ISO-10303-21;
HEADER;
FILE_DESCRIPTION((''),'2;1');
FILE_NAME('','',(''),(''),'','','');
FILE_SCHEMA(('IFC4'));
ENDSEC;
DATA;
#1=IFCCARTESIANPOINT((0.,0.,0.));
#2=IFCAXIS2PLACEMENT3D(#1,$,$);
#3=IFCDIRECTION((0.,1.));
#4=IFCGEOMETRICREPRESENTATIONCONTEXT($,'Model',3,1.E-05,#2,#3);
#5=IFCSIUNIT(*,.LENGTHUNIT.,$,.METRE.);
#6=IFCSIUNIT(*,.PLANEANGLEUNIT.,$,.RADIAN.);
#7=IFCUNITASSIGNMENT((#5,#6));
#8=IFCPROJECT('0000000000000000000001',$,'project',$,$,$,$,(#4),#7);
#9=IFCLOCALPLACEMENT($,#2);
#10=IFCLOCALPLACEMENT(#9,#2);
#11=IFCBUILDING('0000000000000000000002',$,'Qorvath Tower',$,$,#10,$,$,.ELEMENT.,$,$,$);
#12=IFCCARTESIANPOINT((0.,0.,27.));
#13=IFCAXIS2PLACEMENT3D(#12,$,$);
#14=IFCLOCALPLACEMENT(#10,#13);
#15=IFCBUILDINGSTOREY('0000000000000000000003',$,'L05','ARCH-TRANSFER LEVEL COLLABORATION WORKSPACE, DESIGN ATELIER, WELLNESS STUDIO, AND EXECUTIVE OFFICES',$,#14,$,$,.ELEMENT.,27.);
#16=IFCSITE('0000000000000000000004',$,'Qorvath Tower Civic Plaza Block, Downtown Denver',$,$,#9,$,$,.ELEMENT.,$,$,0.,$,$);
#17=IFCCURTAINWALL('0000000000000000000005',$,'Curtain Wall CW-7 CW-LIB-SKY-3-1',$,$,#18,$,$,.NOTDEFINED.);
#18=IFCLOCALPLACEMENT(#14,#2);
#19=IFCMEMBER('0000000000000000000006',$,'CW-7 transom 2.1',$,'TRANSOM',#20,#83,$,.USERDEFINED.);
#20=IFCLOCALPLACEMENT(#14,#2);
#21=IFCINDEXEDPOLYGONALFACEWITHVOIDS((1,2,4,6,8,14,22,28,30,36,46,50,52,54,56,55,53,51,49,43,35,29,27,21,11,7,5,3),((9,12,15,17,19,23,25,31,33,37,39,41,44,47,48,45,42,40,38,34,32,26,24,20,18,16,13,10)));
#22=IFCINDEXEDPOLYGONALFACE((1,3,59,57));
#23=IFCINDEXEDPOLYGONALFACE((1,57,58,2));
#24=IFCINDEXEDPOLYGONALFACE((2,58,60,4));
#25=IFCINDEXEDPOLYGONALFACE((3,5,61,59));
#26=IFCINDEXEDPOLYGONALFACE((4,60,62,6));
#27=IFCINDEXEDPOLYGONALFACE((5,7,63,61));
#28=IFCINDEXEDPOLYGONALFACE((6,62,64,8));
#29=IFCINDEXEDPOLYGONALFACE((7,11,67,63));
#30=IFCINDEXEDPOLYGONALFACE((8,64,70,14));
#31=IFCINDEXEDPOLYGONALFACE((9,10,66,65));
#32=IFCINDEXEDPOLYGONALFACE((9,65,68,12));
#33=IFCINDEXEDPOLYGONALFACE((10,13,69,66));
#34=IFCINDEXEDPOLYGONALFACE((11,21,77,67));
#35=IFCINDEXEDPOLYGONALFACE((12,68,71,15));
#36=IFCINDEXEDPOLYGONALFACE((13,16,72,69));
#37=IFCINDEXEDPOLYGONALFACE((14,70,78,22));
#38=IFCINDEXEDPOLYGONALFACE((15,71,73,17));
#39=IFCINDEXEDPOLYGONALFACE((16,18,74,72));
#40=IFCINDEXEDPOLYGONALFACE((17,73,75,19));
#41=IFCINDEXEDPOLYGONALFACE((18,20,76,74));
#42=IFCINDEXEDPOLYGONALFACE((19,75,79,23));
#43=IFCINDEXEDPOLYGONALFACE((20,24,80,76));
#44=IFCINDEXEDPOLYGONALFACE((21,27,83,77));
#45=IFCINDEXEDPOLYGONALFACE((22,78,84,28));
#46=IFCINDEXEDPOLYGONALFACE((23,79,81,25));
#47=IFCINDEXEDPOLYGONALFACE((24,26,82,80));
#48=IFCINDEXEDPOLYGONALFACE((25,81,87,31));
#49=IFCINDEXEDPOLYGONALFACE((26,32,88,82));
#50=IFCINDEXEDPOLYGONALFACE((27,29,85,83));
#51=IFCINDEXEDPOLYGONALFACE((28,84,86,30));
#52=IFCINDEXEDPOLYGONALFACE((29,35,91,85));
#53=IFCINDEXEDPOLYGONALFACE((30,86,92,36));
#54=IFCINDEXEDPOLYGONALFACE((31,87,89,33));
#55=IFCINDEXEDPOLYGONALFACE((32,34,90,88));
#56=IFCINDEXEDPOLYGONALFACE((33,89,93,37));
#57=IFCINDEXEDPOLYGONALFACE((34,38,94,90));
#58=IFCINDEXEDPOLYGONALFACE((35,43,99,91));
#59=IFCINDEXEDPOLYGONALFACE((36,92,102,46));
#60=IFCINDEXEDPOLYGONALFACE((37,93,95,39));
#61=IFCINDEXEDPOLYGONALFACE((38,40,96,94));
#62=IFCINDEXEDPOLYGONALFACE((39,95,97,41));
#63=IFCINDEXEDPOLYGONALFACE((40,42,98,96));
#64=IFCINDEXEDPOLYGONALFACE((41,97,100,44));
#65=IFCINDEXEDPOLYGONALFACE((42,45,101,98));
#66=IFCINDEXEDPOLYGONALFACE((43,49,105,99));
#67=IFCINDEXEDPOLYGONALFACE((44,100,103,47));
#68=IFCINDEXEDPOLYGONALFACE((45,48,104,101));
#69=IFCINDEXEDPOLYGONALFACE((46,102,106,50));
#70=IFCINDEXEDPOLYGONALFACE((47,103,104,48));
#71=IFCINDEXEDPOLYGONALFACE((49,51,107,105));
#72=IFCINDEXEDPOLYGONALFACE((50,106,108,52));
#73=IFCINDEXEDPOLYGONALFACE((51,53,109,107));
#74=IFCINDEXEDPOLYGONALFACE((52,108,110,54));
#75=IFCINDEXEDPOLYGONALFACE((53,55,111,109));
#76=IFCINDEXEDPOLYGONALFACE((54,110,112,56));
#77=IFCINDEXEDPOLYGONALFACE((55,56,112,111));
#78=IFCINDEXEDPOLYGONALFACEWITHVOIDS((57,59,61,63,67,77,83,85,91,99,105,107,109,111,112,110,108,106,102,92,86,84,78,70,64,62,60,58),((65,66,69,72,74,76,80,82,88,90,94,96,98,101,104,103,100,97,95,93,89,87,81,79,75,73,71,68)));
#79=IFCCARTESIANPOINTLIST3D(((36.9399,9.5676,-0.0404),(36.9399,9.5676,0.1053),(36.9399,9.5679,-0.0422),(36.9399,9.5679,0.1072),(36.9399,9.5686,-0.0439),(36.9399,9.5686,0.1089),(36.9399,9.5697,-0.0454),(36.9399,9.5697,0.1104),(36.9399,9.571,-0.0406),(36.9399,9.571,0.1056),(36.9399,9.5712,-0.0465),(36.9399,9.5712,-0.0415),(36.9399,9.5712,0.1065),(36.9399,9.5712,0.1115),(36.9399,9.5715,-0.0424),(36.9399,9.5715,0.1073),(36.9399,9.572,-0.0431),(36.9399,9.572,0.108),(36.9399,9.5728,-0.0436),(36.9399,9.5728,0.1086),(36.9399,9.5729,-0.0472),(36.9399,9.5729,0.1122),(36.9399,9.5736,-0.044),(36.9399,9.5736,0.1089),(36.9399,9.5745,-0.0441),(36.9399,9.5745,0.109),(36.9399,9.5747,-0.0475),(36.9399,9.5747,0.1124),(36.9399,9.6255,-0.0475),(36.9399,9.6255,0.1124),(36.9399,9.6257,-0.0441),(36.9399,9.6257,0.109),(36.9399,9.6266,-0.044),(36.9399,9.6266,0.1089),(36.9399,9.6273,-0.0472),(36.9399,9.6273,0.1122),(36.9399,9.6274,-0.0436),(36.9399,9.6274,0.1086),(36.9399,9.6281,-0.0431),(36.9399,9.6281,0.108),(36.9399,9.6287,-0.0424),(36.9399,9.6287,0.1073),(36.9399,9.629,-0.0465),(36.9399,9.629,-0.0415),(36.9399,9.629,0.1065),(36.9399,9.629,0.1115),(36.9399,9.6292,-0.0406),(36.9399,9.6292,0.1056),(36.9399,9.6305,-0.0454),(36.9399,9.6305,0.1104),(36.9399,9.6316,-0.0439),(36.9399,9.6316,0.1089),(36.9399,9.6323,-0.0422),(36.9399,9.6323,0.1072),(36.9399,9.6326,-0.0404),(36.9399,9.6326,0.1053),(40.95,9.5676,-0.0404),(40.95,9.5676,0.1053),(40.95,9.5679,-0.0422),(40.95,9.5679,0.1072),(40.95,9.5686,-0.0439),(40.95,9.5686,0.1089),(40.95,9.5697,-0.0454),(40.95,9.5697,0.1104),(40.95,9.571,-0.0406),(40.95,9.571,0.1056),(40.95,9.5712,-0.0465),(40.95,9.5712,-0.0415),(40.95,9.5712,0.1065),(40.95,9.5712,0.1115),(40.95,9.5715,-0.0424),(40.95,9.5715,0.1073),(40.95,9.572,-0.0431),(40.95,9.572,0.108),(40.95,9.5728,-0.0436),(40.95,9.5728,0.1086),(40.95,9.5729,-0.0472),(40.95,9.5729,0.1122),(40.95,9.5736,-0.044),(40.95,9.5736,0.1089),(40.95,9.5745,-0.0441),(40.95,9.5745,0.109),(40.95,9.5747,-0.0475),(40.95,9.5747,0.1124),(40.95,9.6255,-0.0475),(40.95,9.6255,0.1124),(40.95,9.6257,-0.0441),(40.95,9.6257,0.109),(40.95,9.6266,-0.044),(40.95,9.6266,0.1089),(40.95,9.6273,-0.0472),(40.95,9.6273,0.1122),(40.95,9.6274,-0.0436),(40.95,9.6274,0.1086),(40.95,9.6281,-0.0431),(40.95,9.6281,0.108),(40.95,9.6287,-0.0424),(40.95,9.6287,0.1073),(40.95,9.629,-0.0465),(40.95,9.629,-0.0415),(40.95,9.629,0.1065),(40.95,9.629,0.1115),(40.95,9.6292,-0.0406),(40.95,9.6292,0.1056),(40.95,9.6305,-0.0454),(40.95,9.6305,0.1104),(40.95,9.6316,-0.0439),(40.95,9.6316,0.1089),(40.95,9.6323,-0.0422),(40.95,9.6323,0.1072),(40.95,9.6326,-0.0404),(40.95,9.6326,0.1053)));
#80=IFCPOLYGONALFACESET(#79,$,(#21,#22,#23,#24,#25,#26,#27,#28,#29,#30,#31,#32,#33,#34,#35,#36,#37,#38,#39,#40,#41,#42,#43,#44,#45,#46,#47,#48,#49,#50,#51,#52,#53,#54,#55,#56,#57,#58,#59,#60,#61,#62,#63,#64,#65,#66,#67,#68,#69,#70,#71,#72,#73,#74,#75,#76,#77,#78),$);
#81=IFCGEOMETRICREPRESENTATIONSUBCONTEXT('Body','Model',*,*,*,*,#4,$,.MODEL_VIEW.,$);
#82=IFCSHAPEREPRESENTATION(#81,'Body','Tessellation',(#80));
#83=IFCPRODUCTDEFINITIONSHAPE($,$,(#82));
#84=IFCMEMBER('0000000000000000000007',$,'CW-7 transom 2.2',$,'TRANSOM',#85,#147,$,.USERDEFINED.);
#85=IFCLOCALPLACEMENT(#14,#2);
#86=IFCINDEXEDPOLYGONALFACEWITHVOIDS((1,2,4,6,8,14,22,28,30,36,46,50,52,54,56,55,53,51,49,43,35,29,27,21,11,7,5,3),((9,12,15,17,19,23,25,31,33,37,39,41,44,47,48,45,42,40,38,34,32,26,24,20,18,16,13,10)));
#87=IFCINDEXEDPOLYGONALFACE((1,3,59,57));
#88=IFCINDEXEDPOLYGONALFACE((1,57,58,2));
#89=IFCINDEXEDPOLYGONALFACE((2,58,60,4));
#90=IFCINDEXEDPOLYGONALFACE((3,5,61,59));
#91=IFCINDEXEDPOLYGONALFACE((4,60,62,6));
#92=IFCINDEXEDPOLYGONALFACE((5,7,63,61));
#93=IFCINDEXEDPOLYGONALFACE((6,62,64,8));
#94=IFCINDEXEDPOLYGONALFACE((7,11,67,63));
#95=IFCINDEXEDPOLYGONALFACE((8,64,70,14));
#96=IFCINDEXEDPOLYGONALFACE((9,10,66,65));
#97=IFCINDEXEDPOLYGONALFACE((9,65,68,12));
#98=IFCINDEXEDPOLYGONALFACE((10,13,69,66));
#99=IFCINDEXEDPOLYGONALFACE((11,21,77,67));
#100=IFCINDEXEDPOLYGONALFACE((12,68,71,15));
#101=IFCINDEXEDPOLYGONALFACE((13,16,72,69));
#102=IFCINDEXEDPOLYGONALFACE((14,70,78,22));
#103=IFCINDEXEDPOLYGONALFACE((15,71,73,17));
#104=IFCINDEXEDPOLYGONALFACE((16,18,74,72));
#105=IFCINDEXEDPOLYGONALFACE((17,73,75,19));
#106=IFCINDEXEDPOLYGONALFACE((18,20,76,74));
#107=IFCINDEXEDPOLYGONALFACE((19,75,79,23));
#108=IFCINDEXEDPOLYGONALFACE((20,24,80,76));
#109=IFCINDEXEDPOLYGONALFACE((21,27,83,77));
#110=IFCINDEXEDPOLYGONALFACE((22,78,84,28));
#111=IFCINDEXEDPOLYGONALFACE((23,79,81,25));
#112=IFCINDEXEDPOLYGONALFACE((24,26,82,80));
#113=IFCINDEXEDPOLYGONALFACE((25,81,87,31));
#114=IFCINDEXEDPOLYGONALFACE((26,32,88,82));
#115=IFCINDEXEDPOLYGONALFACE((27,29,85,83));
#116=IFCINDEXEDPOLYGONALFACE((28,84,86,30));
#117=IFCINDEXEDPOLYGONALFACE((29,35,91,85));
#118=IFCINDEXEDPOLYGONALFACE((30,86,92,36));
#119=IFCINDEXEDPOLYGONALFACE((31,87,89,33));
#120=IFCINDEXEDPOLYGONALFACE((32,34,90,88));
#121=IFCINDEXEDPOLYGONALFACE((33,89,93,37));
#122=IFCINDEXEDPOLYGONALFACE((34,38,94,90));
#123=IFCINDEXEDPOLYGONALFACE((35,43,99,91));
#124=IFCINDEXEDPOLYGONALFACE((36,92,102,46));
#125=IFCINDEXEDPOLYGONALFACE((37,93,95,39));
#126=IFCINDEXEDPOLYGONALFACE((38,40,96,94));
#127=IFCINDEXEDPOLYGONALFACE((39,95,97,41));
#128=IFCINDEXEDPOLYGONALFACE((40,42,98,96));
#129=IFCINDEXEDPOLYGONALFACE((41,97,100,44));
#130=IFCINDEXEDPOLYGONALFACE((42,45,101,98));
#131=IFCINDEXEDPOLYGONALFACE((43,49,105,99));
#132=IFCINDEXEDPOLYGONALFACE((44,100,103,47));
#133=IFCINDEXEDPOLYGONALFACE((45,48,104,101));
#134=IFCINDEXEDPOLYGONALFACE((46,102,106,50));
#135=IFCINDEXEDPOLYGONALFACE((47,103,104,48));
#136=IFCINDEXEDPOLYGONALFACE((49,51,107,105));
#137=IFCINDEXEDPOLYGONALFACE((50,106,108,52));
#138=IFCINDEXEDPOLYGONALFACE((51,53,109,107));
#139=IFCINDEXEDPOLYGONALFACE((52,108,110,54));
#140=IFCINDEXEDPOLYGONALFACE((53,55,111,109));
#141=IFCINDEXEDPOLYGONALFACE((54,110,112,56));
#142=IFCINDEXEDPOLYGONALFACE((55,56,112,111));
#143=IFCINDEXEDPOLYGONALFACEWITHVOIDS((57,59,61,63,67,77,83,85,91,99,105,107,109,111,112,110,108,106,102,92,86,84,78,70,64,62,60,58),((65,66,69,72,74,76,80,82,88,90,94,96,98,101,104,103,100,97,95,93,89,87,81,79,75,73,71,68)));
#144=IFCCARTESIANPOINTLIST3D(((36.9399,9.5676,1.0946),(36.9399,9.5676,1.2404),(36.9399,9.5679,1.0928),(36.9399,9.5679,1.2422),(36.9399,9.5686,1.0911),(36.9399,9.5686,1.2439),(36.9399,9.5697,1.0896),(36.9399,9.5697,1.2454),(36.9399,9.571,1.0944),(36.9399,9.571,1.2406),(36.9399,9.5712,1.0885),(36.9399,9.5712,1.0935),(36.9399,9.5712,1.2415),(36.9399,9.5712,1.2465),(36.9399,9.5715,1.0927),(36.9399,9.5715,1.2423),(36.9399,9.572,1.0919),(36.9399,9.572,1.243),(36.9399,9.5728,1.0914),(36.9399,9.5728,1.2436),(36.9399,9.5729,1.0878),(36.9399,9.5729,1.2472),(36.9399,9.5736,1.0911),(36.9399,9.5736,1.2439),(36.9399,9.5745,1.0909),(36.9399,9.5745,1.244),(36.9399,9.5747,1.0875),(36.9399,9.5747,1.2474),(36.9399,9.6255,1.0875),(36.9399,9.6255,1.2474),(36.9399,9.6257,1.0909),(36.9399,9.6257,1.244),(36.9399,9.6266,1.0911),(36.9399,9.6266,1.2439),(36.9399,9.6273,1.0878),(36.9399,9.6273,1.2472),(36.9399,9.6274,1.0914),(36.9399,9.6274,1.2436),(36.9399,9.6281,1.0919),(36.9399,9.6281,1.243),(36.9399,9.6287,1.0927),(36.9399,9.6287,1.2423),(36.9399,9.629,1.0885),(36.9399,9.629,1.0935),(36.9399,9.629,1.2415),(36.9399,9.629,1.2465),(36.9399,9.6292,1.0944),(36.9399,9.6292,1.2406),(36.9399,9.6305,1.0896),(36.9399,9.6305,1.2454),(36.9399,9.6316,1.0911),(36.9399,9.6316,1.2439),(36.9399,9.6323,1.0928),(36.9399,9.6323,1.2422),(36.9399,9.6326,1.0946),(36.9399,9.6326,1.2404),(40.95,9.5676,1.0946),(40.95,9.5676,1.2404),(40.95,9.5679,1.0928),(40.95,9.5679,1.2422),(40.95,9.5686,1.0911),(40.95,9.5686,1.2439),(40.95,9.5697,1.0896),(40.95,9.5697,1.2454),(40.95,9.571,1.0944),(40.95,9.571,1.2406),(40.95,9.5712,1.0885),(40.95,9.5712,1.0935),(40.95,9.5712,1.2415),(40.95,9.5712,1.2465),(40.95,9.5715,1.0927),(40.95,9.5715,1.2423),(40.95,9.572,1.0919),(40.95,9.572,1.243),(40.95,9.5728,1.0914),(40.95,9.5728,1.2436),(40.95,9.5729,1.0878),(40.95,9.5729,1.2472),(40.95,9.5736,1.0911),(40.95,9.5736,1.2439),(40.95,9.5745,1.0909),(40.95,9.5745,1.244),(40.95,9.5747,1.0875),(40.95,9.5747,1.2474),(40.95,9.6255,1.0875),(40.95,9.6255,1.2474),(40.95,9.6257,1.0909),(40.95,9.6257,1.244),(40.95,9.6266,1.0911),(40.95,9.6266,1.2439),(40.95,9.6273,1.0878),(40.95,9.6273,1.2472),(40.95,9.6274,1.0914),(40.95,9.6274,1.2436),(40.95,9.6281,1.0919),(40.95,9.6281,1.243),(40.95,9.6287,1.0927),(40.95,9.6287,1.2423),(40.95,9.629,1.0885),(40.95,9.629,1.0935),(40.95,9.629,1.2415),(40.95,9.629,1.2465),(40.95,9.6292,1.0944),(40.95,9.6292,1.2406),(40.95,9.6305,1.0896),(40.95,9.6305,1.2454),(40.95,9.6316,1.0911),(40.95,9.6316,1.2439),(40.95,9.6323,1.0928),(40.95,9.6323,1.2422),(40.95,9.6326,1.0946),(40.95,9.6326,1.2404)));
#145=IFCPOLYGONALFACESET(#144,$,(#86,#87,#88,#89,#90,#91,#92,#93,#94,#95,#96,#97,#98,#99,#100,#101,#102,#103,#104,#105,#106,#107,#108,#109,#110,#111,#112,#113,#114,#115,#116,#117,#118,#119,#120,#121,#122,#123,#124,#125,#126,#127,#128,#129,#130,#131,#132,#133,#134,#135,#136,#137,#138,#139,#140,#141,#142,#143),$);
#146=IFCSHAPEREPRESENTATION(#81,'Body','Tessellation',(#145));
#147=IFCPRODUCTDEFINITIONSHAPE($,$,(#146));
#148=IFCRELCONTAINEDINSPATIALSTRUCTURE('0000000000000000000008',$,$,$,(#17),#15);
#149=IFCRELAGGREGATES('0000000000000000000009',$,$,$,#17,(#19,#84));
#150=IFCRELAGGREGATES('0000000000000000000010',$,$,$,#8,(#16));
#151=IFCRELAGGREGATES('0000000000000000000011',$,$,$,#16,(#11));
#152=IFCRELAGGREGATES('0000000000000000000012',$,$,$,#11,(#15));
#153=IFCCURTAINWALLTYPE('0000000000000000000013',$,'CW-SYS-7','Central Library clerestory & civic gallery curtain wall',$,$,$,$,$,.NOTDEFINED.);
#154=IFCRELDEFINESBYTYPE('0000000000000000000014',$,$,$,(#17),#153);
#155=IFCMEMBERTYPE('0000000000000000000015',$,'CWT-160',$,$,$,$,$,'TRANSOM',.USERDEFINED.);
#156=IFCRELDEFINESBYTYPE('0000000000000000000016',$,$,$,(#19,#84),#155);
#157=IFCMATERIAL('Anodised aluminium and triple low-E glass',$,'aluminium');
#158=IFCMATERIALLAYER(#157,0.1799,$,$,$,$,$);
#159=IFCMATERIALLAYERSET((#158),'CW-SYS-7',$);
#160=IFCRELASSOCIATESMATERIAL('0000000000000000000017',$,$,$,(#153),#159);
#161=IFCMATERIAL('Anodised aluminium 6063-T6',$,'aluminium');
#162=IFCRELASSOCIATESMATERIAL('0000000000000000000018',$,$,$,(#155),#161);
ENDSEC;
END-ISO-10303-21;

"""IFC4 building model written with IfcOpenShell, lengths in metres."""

from ifc_helpers import new_model, si_unit, direction, frame, origin, origin_2d, place, context, subcontext, project, spatial, hollow_rectangle, extrude, material, layer, layer_set, material_profile, profile_set, type_object, element, aggregate, save


model = new_model("IFC4")

# Units and contexts
model_context = context("Model", 3, precision=1e-05, world=origin(), true_north=direction((0.0, 1.0)))
body_context = subcontext(model_context, "Body", "Model", "MODEL_VIEW")
ifc_project = project(units=[si_unit("LENGTHUNIT", "METRE"), si_unit("PLANEANGLEUNIT", "RADIAN")], contexts=[model_context])

# Site, building, storey
site_placement = place(None, origin())
site = spatial("IfcSite", under=ifc_project, at=site_placement, Name="Qorvath Tower Civic Plaza Block, Downtown Denver", CompositionType="ELEMENT", RefElevation=0.0)
building_placement = place(site_placement, origin())
building = spatial("IfcBuilding", under=site, at=building_placement, Name="Qorvath Tower", CompositionType="ELEMENT")
storey_placement = place(building_placement, frame((0.0, 0.0, 27.0)))
storey = spatial("IfcBuildingStorey", under=building, at=storey_placement, Name="L05", Description="ARCH-TRANSFER LEVEL COLLABORATION WORKSPACE, DESIGN ATELIER, WELLNESS STUDIO, AND EXECUTIVE OFFICES", CompositionType="ELEMENT", Elevation=27.0)

# Curtain wall
ifc_material_1 = material(Name="Anodised aluminium and triple low-E glass", Category="aluminium")
ifc_layer_1 = layer(ifc_material_1, 0.1799)
ifc_layer_set_1 = layer_set([ifc_layer_1], Name="CW-SYS-7")
curtain_wall_type = type_object("IfcCurtainWallType", Name="CW-SYS-7", Description="Central Library clerestory & civic gallery curtain wall", PredefinedType="NOTDEFINED", material=ifc_layer_set_1)
curtain_wall_1_placement = place(storey_placement, origin())
curtain_wall_1 = element("IfcCurtainWall", 1, at=curtain_wall_1_placement, inside=storey, type_object=curtain_wall_type, Name="Curtain Wall CW-7 CW-LIB-SKY-3-1", PredefinedType="NOTDEFINED")

# Members
ifc_material_2 = material(Name="Anodised aluminium 6063-T6", Category="aluminium")
ifc_material_profile_1 = material_profile(ifc_material_2, hollow_rectangle(XDim=0.0649, YDim=0.1599, WallThickness=0.0034, InnerFilletRadius=0.0034, OuterFilletRadius=0.0071, at=origin_2d()), Name="CWT 160x65")
ifc_profile_set_1 = profile_set([ifc_material_profile_1], Name="Anodised aluminium 6063-T6")
member_type_1 = type_object("IfcMemberType", Name="CWT-160", ElementType="TRANSOM", PredefinedType="USERDEFINED", material=ifc_profile_set_1)
member_1_placement = place(storey_placement, frame((36.9399, 9.6001, 0.0325), z_axis=(1.0, 0.0, 0.0), x_axis=(0.0, 1.0, 0.0)))
member_1 = element("IfcMember", 2, at=member_1_placement, type_object=member_type_1, Name="CW-7 transom 2.1", ObjectType="TRANSOM", PredefinedType="USERDEFINED", context=body_context, shape_type="SweptSolid", body=[
    extrude(hollow_rectangle(XDim=0.0649, YDim=0.1599, WallThickness=0.0034, InnerFilletRadius=0.0034, OuterFilletRadius=0.0071, at=origin_2d()), origin(), (0.0, 0.0, 1.0), 4.01),
])
member_2_placement = place(storey_placement, frame((36.9399, 9.6001, 1.1675), z_axis=(1.0, 0.0, 0.0), x_axis=(0.0, 1.0, 0.0)))
member_2 = element("IfcMember", 3, at=member_2_placement, type_object=member_type_1, Name="CW-7 transom 2.2", ObjectType="TRANSOM", PredefinedType="USERDEFINED", context=body_context, shape_type="SweptSolid", body=[
    extrude(hollow_rectangle(XDim=0.0649, YDim=0.1599, WallThickness=0.0034, InnerFilletRadius=0.0034, OuterFilletRadius=0.0071, at=origin_2d()), origin(), (0.0, 0.0, 1.0), 4.01),
])

aggregate(curtain_wall_1, [member_1, member_2])

save(model, "model.ifc")
